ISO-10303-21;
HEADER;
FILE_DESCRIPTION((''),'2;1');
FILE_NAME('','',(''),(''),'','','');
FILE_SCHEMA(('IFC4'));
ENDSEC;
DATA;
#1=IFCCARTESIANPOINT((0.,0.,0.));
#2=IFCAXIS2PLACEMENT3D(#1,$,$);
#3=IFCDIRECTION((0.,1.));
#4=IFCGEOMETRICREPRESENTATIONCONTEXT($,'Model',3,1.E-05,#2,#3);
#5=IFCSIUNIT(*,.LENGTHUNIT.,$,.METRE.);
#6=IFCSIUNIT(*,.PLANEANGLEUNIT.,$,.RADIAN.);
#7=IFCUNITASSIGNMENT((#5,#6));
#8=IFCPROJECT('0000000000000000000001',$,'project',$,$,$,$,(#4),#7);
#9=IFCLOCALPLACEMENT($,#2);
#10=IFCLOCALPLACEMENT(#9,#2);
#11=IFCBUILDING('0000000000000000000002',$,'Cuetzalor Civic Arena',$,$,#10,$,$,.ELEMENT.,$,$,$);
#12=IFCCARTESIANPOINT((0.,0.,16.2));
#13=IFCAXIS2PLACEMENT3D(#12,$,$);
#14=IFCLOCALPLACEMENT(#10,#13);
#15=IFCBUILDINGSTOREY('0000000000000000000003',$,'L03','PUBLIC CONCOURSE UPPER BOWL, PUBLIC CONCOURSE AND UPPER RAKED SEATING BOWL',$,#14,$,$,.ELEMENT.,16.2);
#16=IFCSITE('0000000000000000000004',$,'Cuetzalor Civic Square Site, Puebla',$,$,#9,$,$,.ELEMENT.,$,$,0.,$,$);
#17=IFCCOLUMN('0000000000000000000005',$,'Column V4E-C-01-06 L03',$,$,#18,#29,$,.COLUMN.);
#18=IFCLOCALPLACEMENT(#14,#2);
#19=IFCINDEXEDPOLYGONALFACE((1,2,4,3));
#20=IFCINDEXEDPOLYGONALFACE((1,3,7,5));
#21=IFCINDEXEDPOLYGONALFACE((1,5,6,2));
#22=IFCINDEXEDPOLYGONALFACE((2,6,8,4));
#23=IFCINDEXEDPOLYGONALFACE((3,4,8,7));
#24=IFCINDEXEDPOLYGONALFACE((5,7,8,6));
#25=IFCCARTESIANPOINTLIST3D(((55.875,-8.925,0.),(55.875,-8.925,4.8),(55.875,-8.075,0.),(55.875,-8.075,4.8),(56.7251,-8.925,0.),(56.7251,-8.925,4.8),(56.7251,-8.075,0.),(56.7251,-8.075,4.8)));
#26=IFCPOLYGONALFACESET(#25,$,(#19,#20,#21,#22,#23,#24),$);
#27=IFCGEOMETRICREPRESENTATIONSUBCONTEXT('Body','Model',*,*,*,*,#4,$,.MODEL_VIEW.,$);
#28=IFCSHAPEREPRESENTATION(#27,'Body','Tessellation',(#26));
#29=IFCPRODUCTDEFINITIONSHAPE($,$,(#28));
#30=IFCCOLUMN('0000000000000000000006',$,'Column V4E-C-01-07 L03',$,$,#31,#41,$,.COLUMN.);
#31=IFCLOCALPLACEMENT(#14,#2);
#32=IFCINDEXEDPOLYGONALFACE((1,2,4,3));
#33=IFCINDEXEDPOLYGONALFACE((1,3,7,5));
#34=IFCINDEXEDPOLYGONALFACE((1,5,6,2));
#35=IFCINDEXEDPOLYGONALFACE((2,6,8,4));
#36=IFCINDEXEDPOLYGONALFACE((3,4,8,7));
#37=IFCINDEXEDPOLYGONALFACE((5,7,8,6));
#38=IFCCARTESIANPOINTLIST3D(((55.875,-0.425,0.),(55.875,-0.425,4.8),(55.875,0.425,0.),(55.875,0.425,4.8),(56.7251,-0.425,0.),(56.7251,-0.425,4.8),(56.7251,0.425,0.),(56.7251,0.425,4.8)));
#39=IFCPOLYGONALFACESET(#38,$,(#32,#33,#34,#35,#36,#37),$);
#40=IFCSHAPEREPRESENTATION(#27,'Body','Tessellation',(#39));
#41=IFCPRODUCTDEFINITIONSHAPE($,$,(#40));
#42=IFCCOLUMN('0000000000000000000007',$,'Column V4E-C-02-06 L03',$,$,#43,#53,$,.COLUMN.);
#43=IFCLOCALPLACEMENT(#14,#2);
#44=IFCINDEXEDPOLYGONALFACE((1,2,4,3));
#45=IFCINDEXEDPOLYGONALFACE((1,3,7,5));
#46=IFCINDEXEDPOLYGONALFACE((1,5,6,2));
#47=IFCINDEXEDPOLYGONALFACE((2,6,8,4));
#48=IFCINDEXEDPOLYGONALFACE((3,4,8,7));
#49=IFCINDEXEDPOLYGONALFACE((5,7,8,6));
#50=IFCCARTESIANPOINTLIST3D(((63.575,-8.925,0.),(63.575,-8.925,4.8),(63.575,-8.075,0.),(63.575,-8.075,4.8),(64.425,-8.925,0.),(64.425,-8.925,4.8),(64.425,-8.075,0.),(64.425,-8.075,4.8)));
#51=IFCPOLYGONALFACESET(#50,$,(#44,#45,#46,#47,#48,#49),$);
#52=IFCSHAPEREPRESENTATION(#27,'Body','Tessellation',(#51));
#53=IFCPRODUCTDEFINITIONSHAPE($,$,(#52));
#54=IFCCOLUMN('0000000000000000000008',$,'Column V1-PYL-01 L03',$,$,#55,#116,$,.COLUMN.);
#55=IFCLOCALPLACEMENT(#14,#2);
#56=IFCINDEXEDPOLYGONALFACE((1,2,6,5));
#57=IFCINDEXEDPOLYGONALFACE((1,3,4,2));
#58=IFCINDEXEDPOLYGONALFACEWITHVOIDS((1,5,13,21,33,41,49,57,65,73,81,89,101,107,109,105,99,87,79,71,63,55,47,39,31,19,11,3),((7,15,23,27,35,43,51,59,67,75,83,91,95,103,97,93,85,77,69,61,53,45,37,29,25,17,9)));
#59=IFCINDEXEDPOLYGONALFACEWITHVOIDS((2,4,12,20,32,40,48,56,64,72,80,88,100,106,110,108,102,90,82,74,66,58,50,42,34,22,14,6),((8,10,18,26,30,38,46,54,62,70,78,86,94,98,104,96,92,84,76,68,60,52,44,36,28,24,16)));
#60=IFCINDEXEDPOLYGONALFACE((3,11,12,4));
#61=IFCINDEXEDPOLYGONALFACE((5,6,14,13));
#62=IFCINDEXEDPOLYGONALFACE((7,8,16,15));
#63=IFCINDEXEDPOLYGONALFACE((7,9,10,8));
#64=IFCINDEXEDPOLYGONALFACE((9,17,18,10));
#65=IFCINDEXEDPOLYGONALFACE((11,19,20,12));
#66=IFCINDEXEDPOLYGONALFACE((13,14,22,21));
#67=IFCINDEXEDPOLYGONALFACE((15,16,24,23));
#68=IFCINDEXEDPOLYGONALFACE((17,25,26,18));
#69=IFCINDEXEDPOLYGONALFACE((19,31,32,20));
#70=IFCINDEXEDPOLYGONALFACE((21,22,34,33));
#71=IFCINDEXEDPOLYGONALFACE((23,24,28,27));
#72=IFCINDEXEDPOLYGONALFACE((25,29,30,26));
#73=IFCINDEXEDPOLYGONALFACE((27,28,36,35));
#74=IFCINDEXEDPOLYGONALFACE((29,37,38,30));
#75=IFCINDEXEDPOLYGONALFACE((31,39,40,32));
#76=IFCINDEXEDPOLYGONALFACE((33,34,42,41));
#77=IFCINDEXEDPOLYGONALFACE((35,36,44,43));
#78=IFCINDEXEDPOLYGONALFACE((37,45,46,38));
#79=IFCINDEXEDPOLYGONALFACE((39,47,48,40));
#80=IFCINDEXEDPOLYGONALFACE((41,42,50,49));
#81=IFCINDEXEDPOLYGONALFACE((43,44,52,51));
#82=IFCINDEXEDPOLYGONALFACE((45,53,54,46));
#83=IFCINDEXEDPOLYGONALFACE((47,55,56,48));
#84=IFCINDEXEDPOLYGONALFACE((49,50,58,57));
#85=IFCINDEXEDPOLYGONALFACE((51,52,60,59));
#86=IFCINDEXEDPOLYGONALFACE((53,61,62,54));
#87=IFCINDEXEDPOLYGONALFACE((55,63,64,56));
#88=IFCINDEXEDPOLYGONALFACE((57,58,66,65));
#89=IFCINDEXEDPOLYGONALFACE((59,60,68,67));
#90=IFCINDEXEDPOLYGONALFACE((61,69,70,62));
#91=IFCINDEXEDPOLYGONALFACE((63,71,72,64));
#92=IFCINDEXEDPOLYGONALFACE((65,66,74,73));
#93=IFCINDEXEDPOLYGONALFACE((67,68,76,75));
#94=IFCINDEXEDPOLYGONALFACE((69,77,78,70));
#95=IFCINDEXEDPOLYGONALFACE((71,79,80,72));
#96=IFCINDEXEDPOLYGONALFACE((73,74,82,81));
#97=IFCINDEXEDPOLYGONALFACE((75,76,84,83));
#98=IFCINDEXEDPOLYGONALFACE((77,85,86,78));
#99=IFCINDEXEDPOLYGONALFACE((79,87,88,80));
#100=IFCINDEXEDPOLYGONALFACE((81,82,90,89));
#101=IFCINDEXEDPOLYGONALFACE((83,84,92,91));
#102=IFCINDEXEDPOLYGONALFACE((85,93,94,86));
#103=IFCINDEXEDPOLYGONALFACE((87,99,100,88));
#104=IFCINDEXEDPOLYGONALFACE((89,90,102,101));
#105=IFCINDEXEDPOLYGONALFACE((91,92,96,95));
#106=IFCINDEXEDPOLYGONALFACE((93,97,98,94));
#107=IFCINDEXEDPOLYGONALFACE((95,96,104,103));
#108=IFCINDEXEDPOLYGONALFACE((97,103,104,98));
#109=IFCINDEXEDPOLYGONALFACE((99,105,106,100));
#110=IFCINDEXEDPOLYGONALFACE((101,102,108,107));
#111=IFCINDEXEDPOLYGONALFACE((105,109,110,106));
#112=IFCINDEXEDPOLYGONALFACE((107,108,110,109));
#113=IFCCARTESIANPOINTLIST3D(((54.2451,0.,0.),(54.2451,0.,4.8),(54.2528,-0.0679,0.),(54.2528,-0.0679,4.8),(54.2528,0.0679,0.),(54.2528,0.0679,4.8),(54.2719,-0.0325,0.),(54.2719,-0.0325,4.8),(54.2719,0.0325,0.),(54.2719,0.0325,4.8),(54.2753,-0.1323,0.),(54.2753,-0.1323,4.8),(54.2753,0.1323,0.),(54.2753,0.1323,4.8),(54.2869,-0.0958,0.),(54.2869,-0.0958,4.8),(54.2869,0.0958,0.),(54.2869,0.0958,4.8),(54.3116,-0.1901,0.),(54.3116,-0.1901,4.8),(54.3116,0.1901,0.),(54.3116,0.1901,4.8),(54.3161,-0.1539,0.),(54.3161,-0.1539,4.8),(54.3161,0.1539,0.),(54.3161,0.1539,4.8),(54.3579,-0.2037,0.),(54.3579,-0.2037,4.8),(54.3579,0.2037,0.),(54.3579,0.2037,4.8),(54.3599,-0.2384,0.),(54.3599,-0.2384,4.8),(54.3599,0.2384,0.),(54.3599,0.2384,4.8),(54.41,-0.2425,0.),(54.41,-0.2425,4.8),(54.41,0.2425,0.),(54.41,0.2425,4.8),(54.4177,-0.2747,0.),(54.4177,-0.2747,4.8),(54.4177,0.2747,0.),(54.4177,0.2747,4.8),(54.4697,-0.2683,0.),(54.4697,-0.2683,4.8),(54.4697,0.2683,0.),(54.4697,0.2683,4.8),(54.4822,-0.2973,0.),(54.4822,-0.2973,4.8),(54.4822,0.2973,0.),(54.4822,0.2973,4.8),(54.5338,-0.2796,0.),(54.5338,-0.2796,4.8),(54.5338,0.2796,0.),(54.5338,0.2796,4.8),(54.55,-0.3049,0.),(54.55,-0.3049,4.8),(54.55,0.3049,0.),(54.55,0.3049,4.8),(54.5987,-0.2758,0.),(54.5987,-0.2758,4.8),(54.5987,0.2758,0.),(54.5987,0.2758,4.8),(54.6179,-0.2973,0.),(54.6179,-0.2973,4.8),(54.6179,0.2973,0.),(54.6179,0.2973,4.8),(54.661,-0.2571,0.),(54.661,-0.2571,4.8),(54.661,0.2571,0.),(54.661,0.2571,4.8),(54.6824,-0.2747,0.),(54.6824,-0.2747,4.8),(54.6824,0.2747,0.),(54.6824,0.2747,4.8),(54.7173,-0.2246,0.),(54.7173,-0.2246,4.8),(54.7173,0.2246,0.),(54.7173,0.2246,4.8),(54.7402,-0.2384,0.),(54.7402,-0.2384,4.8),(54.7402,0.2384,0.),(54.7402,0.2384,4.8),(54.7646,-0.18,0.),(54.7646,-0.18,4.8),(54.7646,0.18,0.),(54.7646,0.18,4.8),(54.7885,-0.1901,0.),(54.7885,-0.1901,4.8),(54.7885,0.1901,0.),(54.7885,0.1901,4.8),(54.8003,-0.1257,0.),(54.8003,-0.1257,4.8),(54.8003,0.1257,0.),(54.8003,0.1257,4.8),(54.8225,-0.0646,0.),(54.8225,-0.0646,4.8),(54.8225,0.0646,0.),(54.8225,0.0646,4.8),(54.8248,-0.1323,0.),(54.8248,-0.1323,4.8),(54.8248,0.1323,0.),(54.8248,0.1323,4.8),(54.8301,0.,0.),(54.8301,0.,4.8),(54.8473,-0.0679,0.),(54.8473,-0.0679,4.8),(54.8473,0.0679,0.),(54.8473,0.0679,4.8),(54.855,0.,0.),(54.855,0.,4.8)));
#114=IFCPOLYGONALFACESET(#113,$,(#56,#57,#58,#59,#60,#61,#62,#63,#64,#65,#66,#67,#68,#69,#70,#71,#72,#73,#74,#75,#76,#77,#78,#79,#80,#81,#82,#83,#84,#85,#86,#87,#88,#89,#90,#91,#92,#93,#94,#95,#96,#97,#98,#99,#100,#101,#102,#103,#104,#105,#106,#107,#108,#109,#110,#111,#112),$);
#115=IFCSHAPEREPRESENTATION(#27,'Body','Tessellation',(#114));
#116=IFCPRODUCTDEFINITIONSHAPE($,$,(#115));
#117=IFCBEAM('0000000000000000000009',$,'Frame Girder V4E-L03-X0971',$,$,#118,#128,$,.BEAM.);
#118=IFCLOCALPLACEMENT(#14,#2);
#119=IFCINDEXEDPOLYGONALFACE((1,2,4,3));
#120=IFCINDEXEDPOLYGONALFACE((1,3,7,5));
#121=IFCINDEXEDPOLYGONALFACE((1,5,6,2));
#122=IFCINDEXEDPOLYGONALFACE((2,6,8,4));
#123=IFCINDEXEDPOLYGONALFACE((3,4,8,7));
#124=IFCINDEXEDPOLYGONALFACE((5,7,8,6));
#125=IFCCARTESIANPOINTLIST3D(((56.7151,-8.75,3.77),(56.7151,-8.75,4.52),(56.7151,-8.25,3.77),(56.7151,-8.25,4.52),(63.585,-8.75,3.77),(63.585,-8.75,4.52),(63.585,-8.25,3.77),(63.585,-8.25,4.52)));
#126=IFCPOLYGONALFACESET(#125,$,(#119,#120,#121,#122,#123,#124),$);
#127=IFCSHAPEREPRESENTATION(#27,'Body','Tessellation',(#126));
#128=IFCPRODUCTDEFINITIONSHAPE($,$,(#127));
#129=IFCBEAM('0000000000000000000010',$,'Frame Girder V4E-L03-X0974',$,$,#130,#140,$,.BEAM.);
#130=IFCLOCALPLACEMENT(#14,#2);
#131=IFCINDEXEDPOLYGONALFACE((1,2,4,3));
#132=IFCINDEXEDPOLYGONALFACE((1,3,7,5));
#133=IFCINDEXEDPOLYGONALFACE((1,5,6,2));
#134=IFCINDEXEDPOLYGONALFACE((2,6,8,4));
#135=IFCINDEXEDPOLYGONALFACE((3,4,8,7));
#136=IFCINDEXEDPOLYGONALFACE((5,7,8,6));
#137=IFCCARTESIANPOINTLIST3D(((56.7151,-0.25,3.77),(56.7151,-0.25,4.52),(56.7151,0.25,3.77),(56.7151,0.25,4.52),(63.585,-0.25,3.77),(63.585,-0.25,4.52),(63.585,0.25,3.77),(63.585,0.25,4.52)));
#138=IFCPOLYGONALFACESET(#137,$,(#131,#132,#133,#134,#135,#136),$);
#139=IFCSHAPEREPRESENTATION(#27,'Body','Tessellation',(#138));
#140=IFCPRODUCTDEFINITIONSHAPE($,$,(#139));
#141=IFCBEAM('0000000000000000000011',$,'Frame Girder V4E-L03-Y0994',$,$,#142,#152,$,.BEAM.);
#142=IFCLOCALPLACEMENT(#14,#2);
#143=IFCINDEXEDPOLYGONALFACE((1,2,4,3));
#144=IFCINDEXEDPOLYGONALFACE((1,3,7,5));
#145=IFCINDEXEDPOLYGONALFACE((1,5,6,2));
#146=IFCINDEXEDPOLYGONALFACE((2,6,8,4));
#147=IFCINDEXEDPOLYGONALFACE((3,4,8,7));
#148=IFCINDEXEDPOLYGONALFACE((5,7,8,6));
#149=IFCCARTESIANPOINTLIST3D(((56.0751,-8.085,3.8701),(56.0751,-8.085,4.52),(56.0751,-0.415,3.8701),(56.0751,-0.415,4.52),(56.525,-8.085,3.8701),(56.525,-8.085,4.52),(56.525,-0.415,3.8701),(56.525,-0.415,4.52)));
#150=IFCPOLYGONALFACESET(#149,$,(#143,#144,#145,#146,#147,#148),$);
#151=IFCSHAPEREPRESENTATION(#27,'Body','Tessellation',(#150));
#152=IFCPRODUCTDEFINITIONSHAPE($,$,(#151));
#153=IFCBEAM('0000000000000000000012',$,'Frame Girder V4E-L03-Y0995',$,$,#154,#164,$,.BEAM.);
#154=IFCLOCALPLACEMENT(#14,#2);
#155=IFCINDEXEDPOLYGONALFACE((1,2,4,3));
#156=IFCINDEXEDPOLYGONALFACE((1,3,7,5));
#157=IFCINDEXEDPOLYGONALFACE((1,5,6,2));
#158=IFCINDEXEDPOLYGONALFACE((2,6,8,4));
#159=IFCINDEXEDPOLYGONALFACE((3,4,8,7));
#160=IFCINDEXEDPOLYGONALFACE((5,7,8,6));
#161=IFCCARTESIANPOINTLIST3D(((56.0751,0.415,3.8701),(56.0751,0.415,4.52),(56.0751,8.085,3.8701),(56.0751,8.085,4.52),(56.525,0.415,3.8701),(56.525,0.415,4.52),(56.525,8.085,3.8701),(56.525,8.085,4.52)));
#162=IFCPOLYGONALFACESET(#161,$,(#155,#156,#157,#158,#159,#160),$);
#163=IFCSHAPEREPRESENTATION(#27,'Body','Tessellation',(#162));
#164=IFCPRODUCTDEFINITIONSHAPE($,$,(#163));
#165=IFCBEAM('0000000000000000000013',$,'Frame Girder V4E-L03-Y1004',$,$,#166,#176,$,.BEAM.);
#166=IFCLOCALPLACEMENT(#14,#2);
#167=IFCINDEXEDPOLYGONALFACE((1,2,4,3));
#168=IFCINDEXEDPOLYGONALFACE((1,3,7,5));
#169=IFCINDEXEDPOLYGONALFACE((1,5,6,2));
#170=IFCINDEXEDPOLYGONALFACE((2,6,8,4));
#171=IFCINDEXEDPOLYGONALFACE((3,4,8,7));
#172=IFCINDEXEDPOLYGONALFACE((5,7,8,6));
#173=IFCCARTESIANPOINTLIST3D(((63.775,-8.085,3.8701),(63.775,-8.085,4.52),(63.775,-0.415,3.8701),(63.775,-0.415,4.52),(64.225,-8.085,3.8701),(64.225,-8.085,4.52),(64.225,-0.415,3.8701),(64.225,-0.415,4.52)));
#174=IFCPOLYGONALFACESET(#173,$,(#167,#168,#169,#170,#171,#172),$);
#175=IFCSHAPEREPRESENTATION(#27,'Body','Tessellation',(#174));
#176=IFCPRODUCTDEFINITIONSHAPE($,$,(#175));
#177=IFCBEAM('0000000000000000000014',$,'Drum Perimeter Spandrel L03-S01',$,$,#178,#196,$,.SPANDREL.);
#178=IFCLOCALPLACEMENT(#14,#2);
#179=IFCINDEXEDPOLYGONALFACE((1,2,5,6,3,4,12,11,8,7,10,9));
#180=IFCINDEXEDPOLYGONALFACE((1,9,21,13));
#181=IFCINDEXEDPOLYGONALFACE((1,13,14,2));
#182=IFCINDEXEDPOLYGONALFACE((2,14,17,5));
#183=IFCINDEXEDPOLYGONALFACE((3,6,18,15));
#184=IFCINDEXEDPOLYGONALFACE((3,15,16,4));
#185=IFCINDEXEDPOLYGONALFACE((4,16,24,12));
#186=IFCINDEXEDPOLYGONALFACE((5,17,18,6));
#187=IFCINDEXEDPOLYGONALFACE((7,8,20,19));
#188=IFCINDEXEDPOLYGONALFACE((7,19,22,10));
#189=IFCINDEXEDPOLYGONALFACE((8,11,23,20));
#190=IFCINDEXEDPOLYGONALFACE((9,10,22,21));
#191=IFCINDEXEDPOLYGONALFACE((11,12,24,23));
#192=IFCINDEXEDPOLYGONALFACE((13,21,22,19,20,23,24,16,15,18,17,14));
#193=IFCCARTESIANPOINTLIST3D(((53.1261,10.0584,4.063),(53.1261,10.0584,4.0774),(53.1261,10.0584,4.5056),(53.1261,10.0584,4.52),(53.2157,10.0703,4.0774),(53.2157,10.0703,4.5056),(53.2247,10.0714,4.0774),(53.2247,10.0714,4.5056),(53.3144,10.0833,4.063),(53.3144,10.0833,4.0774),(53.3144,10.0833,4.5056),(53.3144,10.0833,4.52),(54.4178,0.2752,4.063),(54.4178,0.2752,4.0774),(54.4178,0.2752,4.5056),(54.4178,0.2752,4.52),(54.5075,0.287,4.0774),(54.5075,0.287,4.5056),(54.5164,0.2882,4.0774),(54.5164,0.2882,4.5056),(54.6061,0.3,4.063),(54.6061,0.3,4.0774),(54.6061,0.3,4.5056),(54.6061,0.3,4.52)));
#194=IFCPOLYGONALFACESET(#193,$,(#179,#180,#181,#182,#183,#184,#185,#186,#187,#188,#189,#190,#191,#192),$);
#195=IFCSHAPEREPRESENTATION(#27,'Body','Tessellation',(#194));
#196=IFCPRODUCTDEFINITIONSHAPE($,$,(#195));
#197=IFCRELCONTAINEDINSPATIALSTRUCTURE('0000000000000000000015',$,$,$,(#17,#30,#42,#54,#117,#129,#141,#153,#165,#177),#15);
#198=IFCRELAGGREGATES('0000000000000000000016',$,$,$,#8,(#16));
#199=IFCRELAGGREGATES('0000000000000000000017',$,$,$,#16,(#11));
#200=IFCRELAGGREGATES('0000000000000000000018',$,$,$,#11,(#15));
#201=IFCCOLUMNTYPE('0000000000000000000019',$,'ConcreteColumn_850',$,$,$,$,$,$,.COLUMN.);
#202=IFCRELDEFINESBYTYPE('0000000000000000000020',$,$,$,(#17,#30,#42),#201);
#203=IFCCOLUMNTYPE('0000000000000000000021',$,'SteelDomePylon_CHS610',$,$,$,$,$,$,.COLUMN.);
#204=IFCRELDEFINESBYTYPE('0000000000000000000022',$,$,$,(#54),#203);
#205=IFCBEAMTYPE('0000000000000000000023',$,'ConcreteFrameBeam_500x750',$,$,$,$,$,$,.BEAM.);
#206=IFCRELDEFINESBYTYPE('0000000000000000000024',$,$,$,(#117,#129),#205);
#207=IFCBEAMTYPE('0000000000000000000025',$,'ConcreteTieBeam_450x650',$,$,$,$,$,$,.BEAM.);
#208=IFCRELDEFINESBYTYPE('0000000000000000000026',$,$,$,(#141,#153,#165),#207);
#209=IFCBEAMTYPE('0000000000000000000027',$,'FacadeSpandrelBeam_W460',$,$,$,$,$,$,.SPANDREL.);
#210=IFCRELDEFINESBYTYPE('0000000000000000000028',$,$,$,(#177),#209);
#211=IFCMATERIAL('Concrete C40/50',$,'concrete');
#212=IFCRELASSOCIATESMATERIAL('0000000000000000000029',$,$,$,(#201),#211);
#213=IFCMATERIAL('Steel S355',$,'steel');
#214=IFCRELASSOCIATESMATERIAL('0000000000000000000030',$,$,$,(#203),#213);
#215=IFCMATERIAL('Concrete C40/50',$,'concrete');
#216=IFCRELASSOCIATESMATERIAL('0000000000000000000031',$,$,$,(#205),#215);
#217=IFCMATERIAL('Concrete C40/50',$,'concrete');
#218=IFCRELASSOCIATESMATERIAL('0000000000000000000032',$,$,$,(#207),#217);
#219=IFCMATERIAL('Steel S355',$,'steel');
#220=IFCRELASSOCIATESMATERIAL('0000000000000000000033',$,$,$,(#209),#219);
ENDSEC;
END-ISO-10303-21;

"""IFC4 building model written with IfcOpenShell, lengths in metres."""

from ifc_helpers import new_model, si_unit, direction, frame, origin, origin_2d, place, context, subcontext, project, spatial, rectangle, hollow_circle, i_section, extrude, material, material_profile, profile_set, type_object, element, save


model = new_model("IFC4")

# Units and contexts
model_context = context("Model", 3, precision=1e-05, world=origin(), true_north=direction((0.0, 1.0)))
body_context = subcontext(model_context, "Body", "Model", "MODEL_VIEW")
ifc_project = project(units=[si_unit("LENGTHUNIT", "METRE"), si_unit("PLANEANGLEUNIT", "RADIAN")], contexts=[model_context])

# Site, building, storey
site_placement = place(None, origin())
site = spatial("IfcSite", under=ifc_project, at=site_placement, Name="Cuetzalor Civic Square Site, Puebla", CompositionType="ELEMENT", RefElevation=0.0)
building_placement = place(site_placement, origin())
building = spatial("IfcBuilding", under=site, at=building_placement, Name="Cuetzalor Civic Arena", CompositionType="ELEMENT")
storey_placement = place(building_placement, frame((0.0, 0.0, 16.2)))
storey = spatial("IfcBuildingStorey", under=building, at=storey_placement, Name="L03", Description="PUBLIC CONCOURSE UPPER BOWL, PUBLIC CONCOURSE AND UPPER RAKED SEATING BOWL", CompositionType="ELEMENT", Elevation=16.2)

# Columns
ifc_material_1 = material(Name="Concrete C40/50", Category="concrete")
ifc_material_profile_1 = material_profile(ifc_material_1, rectangle(XDim=0.8501, YDim=0.8501, at=origin_2d()), Name="RC 850x850")
ifc_profile_set_1 = profile_set([ifc_material_profile_1], Name="Concrete C40/50")
column_type_1 = type_object("IfcColumnType", Name="ConcreteColumn_850", PredefinedType="COLUMN", material=ifc_profile_set_1)
for number, where, z_axis, x_axis, name in (
    (1, (56.3, -8.5, 0.0), (0.0, 0.0, 1.0), (1.0, 0.0, 0.0), "Column V4E-C-01-06 L03"),
    (2, (56.3, 0.0, 0.0), (0.0, 0.0, 1.0), (1.0, 0.0, 0.0), "Column V4E-C-01-07 L03"),
    (3, (64.0, -8.5, 0.0), (0.0, 0.0, 1.0), (1.0, 0.0, 0.0), "Column V4E-C-02-06 L03"),
):
    element("IfcColumn", number, at=place(storey_placement, frame(where, z_axis=z_axis, x_axis=x_axis)), inside=storey, type_object=column_type_1, Name=name, PredefinedType="COLUMN", context=body_context, shape_type="SweptSolid", body=[
        extrude(rectangle(XDim=0.8501, YDim=0.8501, at=origin_2d()), origin(), (0.0, 0.0, 1.0), 4.8),
    ])
ifc_material_2 = material(Name="Steel S355", Category="steel")
ifc_material_profile_2 = material_profile(ifc_material_2, hollow_circle(Radius=0.3049, WallThickness=0.0249, at=origin_2d()), Name="CHS 610x25")
ifc_profile_set_2 = profile_set([ifc_material_profile_2], Name="Steel S355")
column_type_2 = type_object("IfcColumnType", Name="SteelDomePylon_CHS610", PredefinedType="COLUMN", material=ifc_profile_set_2)
column_placement = place(storey_placement, frame((54.55, 0.0, 0.0), z_axis=(0.0, 0.0, 1.0), x_axis=(1.0, 0.0, 0.0)))
element("IfcColumn", 4, at=column_placement, inside=storey, type_object=column_type_2, Name="Column V1-PYL-01 L03", PredefinedType="COLUMN", context=body_context, shape_type="SweptSolid", body=[
    extrude(hollow_circle(Radius=0.3049, WallThickness=0.0249, at=origin_2d()), origin(), (0.0, 0.0, 1.0), 4.8),
])

# Beams
ifc_material_3 = material(Name="Concrete C40/50", Category="concrete")
ifc_material_profile_3 = material_profile(ifc_material_3, rectangle(XDim=0.5, YDim=0.75, at=origin_2d()), Name="RC 500x750")
ifc_profile_set_3 = profile_set([ifc_material_profile_3], Name="Concrete C40/50")
beam_type_1 = type_object("IfcBeamType", Name="ConcreteFrameBeam_500x750", PredefinedType="BEAM", material=ifc_profile_set_3)
for number, where, z_axis, x_axis, name in (
    (5, (56.7151, -8.5, 4.145), (1.0, 0.0, 0.0), (0.0, 1.0, 0.0), "Frame Girder V4E-L03-X0971"),
    (6, (56.7151, 0.0, 4.145), (1.0, 0.0, 0.0), (0.0, 1.0, 0.0), "Frame Girder V4E-L03-X0974"),
):
    element("IfcBeam", number, at=place(storey_placement, frame(where, z_axis=z_axis, x_axis=x_axis)), inside=storey, type_object=beam_type_1, Name=name, PredefinedType="BEAM", context=body_context, shape_type="SweptSolid", body=[
        extrude(rectangle(XDim=0.5, YDim=0.75, at=origin_2d()), origin(), (0.0, 0.0, 1.0), 6.8699),
    ])
ifc_material_4 = material(Name="Concrete C40/50", Category="concrete")
ifc_material_profile_4 = material_profile(ifc_material_4, rectangle(XDim=0.45, YDim=0.6499, at=origin_2d()), Name="RC 450x650")
ifc_profile_set_4 = profile_set([ifc_material_profile_4], Name="Concrete C40/50")
beam_type_2 = type_object("IfcBeamType", Name="ConcreteTieBeam_450x650", PredefinedType="BEAM", material=ifc_profile_set_4)
for number, where, z_axis, x_axis, name in (
    (7, (56.3, -8.085, 4.1951), (0.0, 1.0, 0.0), (-1.0, 0.0, 0.0), "Frame Girder V4E-L03-Y0994"),
    (8, (56.3, 0.415, 4.1951), (0.0, 1.0, 0.0), (-1.0, 0.0, 0.0), "Frame Girder V4E-L03-Y0995"),
    (9, (64.0, -8.085, 4.1951), (0.0, 1.0, 0.0), (-1.0, 0.0, 0.0), "Frame Girder V4E-L03-Y1004"),
):
    element("IfcBeam", number, at=place(storey_placement, frame(where, z_axis=z_axis, x_axis=x_axis)), inside=storey, type_object=beam_type_2, Name=name, PredefinedType="BEAM", context=body_context, shape_type="SweptSolid", body=[
        extrude(rectangle(XDim=0.45, YDim=0.6499, at=origin_2d()), origin(), (0.0, 0.0, 1.0), 7.6699),
    ])
ifc_material_5 = material(Name="Steel S355", Category="steel")
ifc_material_profile_5 = material_profile(ifc_material_5, i_section(OverallWidth=0.1899, OverallDepth=0.457, WebThickness=0.009, FlangeThickness=0.0144, at=origin_2d()), Name="W460x74")
ifc_profile_set_5 = profile_set([ifc_material_profile_5], Name="Steel S355")
beam_type_3 = type_object("IfcBeamType", Name="FacadeSpandrelBeam_W460", PredefinedType="SPANDREL", material=ifc_profile_set_5)
for number, where, z_axis, x_axis, name in (
    (10, (54.512, 0.2876, 4.2915), (-0.130901, 0.991395, 0.0), (-0.991395, -0.130901, 0.0), "Drum Perimeter Spandrel L03-S01"),
):
    element("IfcBeam", number, at=place(storey_placement, frame(where, z_axis=z_axis, x_axis=x_axis)), inside=storey, type_object=beam_type_3, Name=name, PredefinedType="SPANDREL", context=body_context, shape_type="SweptSolid", body=[
        extrude(i_section(OverallWidth=0.1899, OverallDepth=0.457, WebThickness=0.009, FlangeThickness=0.0144, at=origin_2d()), origin(), (0.0, 0.0, 1.0), 9.8682),
    ])

save(model, "model.ifc")
